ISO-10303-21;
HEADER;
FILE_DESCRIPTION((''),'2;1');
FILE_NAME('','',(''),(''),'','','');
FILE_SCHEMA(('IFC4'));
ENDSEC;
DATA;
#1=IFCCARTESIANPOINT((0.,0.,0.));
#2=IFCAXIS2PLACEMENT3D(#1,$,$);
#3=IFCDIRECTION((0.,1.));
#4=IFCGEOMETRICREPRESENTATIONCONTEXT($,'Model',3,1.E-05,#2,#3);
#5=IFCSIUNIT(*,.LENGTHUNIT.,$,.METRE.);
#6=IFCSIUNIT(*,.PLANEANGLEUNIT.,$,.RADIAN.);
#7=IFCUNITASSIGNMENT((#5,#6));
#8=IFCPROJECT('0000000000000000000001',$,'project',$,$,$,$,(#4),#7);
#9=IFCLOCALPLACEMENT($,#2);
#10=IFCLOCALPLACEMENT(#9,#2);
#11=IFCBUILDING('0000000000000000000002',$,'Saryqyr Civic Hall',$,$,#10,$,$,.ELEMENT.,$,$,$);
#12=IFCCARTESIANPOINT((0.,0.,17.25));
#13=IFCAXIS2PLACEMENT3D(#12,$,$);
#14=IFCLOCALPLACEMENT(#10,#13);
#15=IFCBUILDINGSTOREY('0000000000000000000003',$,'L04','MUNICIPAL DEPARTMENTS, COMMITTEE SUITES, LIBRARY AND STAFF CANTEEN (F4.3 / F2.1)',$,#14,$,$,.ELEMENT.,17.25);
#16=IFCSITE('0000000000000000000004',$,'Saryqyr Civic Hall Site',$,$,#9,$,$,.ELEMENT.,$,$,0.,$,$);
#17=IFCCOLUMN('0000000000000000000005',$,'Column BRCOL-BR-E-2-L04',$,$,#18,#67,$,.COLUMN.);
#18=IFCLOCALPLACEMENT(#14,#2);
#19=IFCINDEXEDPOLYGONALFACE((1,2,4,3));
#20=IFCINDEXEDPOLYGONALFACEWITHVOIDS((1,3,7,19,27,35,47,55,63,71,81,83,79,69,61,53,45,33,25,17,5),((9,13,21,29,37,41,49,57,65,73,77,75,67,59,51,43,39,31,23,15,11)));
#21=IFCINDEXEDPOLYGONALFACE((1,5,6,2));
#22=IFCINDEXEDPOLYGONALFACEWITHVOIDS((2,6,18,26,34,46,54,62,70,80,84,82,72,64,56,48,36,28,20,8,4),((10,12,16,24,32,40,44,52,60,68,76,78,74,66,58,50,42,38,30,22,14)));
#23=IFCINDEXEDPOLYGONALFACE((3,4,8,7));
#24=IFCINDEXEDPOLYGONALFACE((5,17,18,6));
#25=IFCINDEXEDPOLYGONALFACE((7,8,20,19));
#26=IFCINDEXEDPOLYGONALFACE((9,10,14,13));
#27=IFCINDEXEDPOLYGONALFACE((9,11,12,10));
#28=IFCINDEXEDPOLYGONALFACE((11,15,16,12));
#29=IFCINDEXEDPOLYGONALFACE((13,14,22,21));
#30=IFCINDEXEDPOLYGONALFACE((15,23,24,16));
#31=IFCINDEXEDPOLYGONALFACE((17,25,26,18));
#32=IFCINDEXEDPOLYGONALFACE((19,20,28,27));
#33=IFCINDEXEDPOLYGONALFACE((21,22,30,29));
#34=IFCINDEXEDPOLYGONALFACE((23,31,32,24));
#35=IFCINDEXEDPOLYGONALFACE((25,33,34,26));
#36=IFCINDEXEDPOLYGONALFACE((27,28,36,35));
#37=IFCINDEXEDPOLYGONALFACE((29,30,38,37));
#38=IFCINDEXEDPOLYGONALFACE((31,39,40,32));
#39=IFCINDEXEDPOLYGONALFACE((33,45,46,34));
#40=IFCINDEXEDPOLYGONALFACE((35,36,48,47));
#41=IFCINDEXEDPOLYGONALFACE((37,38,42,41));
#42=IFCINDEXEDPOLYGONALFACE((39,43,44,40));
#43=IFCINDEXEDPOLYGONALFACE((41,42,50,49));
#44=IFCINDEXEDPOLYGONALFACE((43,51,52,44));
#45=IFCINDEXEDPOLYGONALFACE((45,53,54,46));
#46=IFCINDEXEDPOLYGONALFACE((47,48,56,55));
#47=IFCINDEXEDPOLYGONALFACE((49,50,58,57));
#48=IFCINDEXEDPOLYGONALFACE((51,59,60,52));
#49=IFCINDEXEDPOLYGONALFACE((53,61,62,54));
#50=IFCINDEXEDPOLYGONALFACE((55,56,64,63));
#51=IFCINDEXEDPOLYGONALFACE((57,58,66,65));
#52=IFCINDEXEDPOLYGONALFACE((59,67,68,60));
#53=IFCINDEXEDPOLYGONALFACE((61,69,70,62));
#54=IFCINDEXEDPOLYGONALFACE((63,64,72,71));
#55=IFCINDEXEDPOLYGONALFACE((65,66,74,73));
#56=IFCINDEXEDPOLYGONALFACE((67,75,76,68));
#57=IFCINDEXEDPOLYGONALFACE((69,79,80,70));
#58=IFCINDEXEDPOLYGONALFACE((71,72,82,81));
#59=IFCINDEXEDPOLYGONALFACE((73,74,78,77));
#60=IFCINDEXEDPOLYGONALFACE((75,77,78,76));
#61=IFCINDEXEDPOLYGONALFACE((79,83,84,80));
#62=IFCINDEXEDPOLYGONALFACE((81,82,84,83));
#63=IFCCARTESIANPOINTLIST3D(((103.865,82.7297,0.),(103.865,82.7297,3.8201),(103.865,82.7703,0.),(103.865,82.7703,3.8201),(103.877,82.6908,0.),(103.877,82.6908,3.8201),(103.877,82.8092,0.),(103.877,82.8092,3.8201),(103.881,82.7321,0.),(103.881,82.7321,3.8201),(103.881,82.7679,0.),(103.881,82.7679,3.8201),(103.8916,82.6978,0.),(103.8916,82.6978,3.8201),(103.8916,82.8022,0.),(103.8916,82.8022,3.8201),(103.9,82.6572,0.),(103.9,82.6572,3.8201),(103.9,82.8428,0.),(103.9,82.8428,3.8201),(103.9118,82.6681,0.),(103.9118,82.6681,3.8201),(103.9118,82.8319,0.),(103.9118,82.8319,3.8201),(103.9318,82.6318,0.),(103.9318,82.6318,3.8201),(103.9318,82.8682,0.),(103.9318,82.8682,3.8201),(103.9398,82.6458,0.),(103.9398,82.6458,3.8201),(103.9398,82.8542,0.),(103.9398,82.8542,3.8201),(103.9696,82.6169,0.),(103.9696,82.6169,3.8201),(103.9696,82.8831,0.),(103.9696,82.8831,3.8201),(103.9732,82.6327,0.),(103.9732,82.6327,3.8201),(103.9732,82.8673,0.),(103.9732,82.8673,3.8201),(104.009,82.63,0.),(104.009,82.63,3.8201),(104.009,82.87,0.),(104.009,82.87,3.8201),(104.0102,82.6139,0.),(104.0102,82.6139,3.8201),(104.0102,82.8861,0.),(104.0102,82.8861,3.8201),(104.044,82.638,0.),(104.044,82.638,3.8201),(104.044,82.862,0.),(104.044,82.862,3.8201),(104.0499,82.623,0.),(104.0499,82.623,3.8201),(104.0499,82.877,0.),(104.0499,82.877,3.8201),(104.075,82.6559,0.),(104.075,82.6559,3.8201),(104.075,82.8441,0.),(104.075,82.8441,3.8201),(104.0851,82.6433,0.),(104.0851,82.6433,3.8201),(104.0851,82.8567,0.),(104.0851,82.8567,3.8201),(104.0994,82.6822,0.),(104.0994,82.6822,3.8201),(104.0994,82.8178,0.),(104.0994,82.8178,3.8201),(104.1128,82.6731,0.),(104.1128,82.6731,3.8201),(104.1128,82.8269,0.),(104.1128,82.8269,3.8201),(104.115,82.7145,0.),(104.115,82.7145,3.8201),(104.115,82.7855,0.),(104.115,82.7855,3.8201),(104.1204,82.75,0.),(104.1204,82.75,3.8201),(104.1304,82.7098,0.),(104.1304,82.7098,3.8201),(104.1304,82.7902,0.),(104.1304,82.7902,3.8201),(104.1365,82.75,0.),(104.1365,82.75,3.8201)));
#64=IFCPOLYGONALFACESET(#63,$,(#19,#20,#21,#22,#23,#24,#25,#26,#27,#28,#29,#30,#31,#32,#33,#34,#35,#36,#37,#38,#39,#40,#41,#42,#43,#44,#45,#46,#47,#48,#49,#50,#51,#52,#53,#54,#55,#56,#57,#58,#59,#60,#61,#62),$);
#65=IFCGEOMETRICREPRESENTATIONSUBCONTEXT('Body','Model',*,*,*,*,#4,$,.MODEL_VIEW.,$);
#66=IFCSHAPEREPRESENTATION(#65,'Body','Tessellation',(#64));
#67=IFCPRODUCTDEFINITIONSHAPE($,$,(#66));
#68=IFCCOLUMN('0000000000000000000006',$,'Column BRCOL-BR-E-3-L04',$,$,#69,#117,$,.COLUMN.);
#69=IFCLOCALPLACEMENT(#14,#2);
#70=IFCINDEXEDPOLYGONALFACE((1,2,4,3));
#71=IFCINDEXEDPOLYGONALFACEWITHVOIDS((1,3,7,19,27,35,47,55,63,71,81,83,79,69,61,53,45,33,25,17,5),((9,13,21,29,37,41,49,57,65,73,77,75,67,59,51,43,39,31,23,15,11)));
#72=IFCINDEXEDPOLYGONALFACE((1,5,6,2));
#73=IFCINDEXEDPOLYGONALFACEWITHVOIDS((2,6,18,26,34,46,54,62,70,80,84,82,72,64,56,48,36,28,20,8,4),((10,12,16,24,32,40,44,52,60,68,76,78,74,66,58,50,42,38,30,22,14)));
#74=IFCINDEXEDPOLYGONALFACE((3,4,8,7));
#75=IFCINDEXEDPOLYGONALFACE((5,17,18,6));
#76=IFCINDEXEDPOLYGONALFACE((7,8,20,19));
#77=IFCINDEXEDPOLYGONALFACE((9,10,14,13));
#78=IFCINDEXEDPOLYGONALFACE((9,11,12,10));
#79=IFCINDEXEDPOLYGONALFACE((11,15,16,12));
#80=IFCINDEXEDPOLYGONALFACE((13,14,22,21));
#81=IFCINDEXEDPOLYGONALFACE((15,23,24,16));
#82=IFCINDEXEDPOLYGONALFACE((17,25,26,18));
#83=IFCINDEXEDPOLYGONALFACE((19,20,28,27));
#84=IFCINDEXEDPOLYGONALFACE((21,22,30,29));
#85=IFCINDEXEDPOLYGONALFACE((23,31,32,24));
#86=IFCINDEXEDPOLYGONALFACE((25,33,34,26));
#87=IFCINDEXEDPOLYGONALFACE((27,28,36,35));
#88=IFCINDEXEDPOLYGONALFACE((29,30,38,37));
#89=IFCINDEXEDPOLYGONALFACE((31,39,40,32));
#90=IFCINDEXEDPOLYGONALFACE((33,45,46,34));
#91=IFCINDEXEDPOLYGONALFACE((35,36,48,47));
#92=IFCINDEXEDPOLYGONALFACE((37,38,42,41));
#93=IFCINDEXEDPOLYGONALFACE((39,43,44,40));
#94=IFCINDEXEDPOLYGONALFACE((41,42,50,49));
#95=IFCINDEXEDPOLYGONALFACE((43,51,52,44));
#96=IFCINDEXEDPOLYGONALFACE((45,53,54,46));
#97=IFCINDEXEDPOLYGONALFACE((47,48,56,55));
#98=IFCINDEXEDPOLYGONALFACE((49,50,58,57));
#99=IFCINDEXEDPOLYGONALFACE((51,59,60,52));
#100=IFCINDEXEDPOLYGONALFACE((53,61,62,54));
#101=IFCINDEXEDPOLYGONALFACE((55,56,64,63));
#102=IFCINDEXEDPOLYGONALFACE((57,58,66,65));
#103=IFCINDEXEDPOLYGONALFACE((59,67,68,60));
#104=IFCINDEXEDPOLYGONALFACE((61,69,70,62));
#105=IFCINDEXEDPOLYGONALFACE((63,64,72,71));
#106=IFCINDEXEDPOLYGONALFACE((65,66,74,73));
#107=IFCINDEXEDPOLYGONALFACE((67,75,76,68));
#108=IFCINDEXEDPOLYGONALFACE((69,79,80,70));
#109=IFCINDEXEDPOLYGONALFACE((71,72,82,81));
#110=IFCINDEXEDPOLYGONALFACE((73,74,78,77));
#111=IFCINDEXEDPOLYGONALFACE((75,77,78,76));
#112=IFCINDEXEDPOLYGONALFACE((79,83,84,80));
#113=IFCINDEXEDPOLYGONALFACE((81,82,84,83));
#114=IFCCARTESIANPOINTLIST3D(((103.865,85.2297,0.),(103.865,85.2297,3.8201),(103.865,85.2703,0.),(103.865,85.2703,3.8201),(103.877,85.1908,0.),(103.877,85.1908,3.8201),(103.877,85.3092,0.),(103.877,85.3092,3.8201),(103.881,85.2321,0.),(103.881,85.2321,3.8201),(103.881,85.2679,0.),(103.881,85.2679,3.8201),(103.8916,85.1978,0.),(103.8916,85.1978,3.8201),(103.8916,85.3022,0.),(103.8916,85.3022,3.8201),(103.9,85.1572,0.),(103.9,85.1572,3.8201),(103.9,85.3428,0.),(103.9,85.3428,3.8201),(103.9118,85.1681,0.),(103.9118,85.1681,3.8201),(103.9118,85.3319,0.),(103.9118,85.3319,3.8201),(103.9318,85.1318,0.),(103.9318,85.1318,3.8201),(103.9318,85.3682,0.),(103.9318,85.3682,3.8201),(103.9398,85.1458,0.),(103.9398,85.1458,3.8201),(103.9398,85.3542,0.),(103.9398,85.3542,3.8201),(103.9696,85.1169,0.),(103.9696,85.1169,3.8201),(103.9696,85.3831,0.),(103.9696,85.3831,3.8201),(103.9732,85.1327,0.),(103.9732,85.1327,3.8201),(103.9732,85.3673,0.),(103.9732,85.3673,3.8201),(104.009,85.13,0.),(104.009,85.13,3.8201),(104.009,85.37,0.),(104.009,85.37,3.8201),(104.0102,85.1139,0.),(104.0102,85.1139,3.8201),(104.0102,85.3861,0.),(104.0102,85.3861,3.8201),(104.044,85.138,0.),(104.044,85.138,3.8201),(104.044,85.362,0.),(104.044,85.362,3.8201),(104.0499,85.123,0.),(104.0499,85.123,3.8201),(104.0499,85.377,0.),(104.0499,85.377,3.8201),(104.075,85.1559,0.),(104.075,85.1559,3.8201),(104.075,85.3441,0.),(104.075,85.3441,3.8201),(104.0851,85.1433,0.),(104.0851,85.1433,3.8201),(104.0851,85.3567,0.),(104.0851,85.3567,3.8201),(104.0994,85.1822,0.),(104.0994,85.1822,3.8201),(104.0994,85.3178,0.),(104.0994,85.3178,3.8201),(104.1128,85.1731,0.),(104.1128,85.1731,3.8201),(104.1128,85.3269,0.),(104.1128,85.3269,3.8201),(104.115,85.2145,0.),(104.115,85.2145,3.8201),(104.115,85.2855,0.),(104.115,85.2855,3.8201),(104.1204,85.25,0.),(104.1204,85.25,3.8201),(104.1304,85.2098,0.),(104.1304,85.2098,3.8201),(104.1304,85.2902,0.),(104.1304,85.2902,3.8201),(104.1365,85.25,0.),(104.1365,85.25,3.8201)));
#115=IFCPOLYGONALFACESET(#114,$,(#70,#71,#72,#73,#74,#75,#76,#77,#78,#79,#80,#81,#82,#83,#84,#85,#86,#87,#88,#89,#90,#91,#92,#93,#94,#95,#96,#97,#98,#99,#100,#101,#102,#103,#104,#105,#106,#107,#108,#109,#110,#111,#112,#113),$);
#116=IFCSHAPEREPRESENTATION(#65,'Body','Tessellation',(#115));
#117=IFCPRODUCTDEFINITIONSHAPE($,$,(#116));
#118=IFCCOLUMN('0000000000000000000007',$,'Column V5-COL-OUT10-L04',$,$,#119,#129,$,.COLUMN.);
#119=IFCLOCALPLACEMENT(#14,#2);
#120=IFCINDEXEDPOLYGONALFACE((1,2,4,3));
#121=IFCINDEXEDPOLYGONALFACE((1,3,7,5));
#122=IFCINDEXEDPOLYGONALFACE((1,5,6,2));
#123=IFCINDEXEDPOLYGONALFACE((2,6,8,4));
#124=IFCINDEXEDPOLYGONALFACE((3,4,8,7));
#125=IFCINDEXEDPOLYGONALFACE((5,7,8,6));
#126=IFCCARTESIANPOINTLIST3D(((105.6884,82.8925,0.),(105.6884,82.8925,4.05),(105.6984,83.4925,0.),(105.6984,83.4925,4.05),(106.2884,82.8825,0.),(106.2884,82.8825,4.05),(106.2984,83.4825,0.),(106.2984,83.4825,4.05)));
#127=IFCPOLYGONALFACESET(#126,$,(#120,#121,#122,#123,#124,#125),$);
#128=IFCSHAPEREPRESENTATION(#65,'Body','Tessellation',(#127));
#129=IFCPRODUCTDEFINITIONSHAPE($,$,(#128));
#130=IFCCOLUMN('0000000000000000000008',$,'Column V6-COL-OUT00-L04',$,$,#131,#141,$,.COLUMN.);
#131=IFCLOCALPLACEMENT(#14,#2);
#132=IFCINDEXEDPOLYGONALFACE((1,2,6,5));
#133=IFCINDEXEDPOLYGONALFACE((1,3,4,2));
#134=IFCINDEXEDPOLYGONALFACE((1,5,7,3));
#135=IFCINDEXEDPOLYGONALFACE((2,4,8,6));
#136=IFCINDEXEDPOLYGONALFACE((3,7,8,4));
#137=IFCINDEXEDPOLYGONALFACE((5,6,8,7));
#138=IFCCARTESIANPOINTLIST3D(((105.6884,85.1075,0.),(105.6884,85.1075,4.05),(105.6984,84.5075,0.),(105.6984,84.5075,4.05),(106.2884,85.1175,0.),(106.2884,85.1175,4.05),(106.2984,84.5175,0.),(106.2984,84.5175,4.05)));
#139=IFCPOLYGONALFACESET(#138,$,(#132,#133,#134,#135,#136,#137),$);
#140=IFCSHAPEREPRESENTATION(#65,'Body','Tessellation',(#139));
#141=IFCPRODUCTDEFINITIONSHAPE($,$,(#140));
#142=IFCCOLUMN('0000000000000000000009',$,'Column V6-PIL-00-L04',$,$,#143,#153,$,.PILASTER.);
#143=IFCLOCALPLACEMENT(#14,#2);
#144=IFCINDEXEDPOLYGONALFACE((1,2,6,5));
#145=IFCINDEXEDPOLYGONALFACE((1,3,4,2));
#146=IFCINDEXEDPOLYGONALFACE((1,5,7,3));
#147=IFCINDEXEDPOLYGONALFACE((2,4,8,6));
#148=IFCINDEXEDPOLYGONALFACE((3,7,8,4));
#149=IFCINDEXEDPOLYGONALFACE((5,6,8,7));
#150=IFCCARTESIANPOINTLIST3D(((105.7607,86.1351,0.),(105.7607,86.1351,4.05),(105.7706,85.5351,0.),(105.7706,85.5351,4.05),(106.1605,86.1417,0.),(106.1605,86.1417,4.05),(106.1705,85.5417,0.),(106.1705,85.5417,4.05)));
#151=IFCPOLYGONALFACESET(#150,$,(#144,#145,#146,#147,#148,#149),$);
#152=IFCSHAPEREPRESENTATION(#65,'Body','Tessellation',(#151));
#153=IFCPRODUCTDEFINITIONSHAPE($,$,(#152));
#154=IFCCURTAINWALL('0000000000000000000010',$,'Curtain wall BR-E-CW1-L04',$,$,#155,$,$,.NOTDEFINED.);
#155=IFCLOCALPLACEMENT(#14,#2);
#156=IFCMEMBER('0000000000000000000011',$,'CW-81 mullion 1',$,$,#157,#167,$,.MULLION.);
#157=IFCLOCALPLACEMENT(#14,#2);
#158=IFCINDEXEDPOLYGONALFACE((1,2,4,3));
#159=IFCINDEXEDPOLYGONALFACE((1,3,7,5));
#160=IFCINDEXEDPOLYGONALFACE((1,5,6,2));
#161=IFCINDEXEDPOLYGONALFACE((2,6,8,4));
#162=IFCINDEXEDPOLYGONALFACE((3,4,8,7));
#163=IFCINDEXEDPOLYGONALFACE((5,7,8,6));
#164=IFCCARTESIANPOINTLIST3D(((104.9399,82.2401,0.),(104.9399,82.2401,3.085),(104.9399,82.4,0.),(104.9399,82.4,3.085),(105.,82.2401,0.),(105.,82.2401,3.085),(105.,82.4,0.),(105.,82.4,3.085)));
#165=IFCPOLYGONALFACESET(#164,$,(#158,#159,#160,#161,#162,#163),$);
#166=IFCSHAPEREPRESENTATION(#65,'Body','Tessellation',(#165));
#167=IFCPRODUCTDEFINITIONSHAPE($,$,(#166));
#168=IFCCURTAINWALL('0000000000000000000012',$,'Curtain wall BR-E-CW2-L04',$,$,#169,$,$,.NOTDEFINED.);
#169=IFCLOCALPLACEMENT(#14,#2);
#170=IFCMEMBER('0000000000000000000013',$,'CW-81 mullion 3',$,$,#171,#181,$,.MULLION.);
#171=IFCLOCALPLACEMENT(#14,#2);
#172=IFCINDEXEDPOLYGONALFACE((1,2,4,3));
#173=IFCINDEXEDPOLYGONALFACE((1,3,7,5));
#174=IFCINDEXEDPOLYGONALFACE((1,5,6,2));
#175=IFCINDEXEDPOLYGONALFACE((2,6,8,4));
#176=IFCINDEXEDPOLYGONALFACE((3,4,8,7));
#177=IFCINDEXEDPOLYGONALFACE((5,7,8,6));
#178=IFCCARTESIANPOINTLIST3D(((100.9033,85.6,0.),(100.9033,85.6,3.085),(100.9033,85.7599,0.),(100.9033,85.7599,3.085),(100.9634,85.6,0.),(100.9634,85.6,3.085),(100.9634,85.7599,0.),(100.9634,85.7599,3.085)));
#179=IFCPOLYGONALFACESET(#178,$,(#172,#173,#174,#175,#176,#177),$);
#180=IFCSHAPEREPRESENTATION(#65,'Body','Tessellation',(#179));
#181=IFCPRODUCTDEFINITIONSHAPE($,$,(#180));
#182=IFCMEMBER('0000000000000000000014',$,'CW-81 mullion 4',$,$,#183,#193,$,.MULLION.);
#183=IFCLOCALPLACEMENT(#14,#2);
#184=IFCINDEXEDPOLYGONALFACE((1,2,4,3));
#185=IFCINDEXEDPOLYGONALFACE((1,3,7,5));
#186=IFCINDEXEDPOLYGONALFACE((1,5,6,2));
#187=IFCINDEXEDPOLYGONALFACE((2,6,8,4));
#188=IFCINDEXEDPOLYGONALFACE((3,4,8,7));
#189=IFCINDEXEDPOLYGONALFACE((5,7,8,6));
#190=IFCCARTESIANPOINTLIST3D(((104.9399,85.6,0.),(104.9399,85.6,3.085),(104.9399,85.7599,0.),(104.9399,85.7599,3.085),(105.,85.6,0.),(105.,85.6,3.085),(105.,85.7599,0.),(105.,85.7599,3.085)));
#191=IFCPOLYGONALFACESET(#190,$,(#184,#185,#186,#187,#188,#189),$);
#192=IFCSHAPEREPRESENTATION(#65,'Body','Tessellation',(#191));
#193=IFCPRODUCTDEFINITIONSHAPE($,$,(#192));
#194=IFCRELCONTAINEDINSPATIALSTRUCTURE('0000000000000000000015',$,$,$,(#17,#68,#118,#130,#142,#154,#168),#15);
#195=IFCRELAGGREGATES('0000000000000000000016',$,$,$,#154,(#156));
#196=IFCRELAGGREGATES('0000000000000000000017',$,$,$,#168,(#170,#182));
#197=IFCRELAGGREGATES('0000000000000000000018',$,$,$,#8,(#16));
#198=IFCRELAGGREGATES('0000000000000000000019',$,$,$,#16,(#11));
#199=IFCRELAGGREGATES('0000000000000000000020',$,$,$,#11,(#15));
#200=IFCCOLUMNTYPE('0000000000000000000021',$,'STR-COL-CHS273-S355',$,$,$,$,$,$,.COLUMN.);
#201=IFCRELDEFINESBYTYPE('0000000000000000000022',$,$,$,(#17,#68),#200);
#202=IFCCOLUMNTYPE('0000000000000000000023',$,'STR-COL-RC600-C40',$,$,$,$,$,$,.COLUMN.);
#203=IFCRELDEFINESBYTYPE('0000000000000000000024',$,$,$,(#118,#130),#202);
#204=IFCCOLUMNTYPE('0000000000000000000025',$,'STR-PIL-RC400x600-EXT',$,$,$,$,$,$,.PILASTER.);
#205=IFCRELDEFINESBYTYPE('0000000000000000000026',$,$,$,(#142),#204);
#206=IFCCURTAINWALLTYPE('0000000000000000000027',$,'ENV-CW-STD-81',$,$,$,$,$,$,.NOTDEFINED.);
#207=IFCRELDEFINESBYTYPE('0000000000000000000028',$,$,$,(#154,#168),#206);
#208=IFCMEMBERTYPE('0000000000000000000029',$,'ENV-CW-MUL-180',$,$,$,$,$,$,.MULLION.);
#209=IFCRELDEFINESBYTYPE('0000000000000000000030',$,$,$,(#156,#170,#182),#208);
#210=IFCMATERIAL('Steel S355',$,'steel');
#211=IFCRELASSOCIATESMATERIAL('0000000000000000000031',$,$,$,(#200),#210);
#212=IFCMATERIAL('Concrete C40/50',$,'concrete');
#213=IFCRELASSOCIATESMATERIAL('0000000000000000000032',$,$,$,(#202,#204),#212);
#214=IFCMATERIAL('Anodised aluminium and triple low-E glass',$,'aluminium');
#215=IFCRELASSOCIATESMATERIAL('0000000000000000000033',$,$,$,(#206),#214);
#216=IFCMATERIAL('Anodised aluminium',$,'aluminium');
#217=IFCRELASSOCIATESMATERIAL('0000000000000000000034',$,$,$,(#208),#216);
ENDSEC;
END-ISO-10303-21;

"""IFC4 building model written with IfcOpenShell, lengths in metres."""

from ifc_helpers import new_model, si_unit, direction, frame, origin, origin_2d, place, context, subcontext, project, spatial, rectangle, hollow_circle, extrude, material, material_profile, profile_set, type_object, element, aggregate, save


model = new_model("IFC4")

# Units and contexts
model_context = context("Model", 3, precision=1e-05, world=origin(), true_north=direction((0.0, 1.0)))
body_context = subcontext(model_context, "Body", "Model", "MODEL_VIEW")
ifc_project = project(units=[si_unit("LENGTHUNIT", "METRE"), si_unit("PLANEANGLEUNIT", "RADIAN")], contexts=[model_context])

# Site, building, storey
site_placement = place(None, origin())
site = spatial("IfcSite", under=ifc_project, at=site_placement, Name="Saryqyr Civic Hall Site", CompositionType="ELEMENT", RefElevation=0.0)
building_placement = place(site_placement, origin())
building = spatial("IfcBuilding", under=site, at=building_placement, Name="Saryqyr Civic Hall", CompositionType="ELEMENT")
storey_placement = place(building_placement, frame((0.0, 0.0, 17.25)))
storey = spatial("IfcBuildingStorey", under=building, at=storey_placement, Name="L04", Description="MUNICIPAL DEPARTMENTS, COMMITTEE SUITES, LIBRARY AND STAFF CANTEEN (F4.3 / F2.1)", CompositionType="ELEMENT", Elevation=17.25)

# Columns
ifc_material_1 = material(Name="Steel S355", Category="steel")
ifc_material_profile_1 = material_profile(ifc_material_1, hollow_circle(Radius=0.1365, WallThickness=0.0161, at=origin_2d()), Name="CHS 273x16")
ifc_profile_set_1 = profile_set([ifc_material_profile_1], Name="Steel S355")
column_type_1 = type_object("IfcColumnType", Name="STR-COL-CHS273-S355", PredefinedType="COLUMN", material=ifc_profile_set_1)
for number, where, z_axis, x_axis, name in (
    (1, (104.0, 82.75, 0.0), (0.0, 0.0, 1.0), (1.0, 0.0, 0.0), "Column BRCOL-BR-E-2-L04"),
    (2, (104.0, 85.25, 0.0), (0.0, 0.0, 1.0), (1.0, 0.0, 0.0), "Column BRCOL-BR-E-3-L04"),
):
    element("IfcColumn", number, at=place(storey_placement, frame(where, z_axis=z_axis, x_axis=x_axis)), inside=storey, type_object=column_type_1, Name=name, PredefinedType="COLUMN", context=body_context, shape_type="SweptSolid", body=[
        extrude(hollow_circle(Radius=0.1365, WallThickness=0.0161, at=origin_2d()), origin(), (0.0, 0.0, 1.0), 3.8201),
    ])
ifc_material_2 = material(Name="Concrete C40/50", Category="concrete")
ifc_material_profile_2 = material_profile(ifc_material_2, rectangle(XDim=0.6001, YDim=0.6001, at=origin_2d()), Name="RC 600x600")
ifc_profile_set_2 = profile_set([ifc_material_profile_2], Name="Concrete C40/50")
column_type_2 = type_object("IfcColumnType", Name="STR-COL-RC600-C40", PredefinedType="COLUMN", material=ifc_profile_set_2)
for number, where, z_axis, x_axis, name in (
    (3, (105.9934, 83.1875, 0.0), (0.0, 0.0, 1.0), (0.999863, -0.01658, 0.0), "Column V5-COL-OUT10-L04"),
    (4, (105.9934, 84.8125, 0.0), (0.0, 0.0, 1.0), (0.999863, 0.01658, 0.0), "Column V6-COL-OUT00-L04"),
):
    element("IfcColumn", number, at=place(storey_placement, frame(where, z_axis=z_axis, x_axis=x_axis)), inside=storey, type_object=column_type_2, Name=name, PredefinedType="COLUMN", context=body_context, shape_type="SweptSolid", body=[
        extrude(rectangle(XDim=0.6001, YDim=0.6001, at=origin_2d()), origin(), (0.0, 0.0, 1.0), 4.05),
    ])
ifc_material_profile_3 = material_profile(ifc_material_2, rectangle(XDim=0.3999, YDim=0.6001, at=origin_2d()), Name="RC 400x600")
ifc_profile_set_3 = profile_set([ifc_material_profile_3], Name="Concrete C40/50")
column_type_3 = type_object("IfcColumnType", Name="STR-PIL-RC400x600-EXT", PredefinedType="PILASTER", material=ifc_profile_set_3)
column_placement = place(storey_placement, frame((105.9656, 85.8384, 0.0), z_axis=(0.0, 0.0, 1.0), x_axis=(0.999863, 0.01658, 0.0)))
element("IfcColumn", 5, at=column_placement, inside=storey, type_object=column_type_3, Name="Column V6-PIL-00-L04", PredefinedType="PILASTER", context=body_context, shape_type="SweptSolid", body=[
    extrude(rectangle(XDim=0.3999, YDim=0.6001, at=origin_2d()), origin(), (0.0, 0.0, 1.0), 4.05),
])

# Curtain wall, member
ifc_material_3 = material(Name="Anodised aluminium and triple low-E glass", Category="aluminium")
curtain_wall_type = type_object("IfcCurtainWallType", Name="ENV-CW-STD-81", PredefinedType="NOTDEFINED", material=ifc_material_3)
curtain_wall_1_placement = place(storey_placement, origin())
curtain_wall_1 = element("IfcCurtainWall", 6, at=curtain_wall_1_placement, inside=storey, type_object=curtain_wall_type, Name="Curtain wall BR-E-CW1-L04", PredefinedType="NOTDEFINED")
ifc_material_4 = material(Name="Anodised aluminium", Category="aluminium")
ifc_material_profile_4 = material_profile(ifc_material_4, rectangle(XDim=0.0601, YDim=0.1599, at=origin_2d()), Name="ALU MULLION 60x160")
ifc_profile_set_4 = profile_set([ifc_material_profile_4], Name="Anodised aluminium")
member_type_1 = type_object("IfcMemberType", Name="ENV-CW-MUL-180", PredefinedType="MULLION", material=ifc_profile_set_4)
member_1_placement = place(storey_placement, frame((104.97, 82.3201, 0.0), z_axis=(0.0, 0.0, 1.0), x_axis=(-1.0, 0.0, 0.0)))
member_1 = element("IfcMember", 7, at=member_1_placement, type_object=member_type_1, Name="CW-81 mullion 1", PredefinedType="MULLION", context=body_context, shape_type="SweptSolid", body=[
    extrude(rectangle(XDim=0.0601, YDim=0.1599, at=origin_2d()), origin(), (0.0, 0.0, 1.0), 3.085),
])

# Curtain wall, members
curtain_wall_2_placement = place(storey_placement, origin())
curtain_wall_2 = element("IfcCurtainWall", 8, at=curtain_wall_2_placement, inside=storey, type_object=curtain_wall_type, Name="Curtain wall BR-E-CW2-L04", PredefinedType="NOTDEFINED")
member_2_placement = place(storey_placement, frame((100.9333, 85.6799, 0.0), z_axis=(0.0, 0.0, 1.0), x_axis=(1.0, 0.0, 0.0)))
member_2 = element("IfcMember", 9, at=member_2_placement, type_object=member_type_1, Name="CW-81 mullion 3", PredefinedType="MULLION", context=body_context, shape_type="SweptSolid", body=[
    extrude(rectangle(XDim=0.0601, YDim=0.1599, at=origin_2d()), origin(), (0.0, 0.0, 1.0), 3.085),
])
member_3_placement = place(storey_placement, frame((104.97, 85.6799, 0.0), z_axis=(0.0, 0.0, 1.0), x_axis=(1.0, 0.0, 0.0)))
member_3 = element("IfcMember", 10, at=member_3_placement, type_object=member_type_1, Name="CW-81 mullion 4", PredefinedType="MULLION", context=body_context, shape_type="SweptSolid", body=[
    extrude(rectangle(XDim=0.0601, YDim=0.1599, at=origin_2d()), origin(), (0.0, 0.0, 1.0), 3.085),
])

aggregate(curtain_wall_1, [member_1])
aggregate(curtain_wall_2, [member_2, member_3])

save(model, "model.ifc")
